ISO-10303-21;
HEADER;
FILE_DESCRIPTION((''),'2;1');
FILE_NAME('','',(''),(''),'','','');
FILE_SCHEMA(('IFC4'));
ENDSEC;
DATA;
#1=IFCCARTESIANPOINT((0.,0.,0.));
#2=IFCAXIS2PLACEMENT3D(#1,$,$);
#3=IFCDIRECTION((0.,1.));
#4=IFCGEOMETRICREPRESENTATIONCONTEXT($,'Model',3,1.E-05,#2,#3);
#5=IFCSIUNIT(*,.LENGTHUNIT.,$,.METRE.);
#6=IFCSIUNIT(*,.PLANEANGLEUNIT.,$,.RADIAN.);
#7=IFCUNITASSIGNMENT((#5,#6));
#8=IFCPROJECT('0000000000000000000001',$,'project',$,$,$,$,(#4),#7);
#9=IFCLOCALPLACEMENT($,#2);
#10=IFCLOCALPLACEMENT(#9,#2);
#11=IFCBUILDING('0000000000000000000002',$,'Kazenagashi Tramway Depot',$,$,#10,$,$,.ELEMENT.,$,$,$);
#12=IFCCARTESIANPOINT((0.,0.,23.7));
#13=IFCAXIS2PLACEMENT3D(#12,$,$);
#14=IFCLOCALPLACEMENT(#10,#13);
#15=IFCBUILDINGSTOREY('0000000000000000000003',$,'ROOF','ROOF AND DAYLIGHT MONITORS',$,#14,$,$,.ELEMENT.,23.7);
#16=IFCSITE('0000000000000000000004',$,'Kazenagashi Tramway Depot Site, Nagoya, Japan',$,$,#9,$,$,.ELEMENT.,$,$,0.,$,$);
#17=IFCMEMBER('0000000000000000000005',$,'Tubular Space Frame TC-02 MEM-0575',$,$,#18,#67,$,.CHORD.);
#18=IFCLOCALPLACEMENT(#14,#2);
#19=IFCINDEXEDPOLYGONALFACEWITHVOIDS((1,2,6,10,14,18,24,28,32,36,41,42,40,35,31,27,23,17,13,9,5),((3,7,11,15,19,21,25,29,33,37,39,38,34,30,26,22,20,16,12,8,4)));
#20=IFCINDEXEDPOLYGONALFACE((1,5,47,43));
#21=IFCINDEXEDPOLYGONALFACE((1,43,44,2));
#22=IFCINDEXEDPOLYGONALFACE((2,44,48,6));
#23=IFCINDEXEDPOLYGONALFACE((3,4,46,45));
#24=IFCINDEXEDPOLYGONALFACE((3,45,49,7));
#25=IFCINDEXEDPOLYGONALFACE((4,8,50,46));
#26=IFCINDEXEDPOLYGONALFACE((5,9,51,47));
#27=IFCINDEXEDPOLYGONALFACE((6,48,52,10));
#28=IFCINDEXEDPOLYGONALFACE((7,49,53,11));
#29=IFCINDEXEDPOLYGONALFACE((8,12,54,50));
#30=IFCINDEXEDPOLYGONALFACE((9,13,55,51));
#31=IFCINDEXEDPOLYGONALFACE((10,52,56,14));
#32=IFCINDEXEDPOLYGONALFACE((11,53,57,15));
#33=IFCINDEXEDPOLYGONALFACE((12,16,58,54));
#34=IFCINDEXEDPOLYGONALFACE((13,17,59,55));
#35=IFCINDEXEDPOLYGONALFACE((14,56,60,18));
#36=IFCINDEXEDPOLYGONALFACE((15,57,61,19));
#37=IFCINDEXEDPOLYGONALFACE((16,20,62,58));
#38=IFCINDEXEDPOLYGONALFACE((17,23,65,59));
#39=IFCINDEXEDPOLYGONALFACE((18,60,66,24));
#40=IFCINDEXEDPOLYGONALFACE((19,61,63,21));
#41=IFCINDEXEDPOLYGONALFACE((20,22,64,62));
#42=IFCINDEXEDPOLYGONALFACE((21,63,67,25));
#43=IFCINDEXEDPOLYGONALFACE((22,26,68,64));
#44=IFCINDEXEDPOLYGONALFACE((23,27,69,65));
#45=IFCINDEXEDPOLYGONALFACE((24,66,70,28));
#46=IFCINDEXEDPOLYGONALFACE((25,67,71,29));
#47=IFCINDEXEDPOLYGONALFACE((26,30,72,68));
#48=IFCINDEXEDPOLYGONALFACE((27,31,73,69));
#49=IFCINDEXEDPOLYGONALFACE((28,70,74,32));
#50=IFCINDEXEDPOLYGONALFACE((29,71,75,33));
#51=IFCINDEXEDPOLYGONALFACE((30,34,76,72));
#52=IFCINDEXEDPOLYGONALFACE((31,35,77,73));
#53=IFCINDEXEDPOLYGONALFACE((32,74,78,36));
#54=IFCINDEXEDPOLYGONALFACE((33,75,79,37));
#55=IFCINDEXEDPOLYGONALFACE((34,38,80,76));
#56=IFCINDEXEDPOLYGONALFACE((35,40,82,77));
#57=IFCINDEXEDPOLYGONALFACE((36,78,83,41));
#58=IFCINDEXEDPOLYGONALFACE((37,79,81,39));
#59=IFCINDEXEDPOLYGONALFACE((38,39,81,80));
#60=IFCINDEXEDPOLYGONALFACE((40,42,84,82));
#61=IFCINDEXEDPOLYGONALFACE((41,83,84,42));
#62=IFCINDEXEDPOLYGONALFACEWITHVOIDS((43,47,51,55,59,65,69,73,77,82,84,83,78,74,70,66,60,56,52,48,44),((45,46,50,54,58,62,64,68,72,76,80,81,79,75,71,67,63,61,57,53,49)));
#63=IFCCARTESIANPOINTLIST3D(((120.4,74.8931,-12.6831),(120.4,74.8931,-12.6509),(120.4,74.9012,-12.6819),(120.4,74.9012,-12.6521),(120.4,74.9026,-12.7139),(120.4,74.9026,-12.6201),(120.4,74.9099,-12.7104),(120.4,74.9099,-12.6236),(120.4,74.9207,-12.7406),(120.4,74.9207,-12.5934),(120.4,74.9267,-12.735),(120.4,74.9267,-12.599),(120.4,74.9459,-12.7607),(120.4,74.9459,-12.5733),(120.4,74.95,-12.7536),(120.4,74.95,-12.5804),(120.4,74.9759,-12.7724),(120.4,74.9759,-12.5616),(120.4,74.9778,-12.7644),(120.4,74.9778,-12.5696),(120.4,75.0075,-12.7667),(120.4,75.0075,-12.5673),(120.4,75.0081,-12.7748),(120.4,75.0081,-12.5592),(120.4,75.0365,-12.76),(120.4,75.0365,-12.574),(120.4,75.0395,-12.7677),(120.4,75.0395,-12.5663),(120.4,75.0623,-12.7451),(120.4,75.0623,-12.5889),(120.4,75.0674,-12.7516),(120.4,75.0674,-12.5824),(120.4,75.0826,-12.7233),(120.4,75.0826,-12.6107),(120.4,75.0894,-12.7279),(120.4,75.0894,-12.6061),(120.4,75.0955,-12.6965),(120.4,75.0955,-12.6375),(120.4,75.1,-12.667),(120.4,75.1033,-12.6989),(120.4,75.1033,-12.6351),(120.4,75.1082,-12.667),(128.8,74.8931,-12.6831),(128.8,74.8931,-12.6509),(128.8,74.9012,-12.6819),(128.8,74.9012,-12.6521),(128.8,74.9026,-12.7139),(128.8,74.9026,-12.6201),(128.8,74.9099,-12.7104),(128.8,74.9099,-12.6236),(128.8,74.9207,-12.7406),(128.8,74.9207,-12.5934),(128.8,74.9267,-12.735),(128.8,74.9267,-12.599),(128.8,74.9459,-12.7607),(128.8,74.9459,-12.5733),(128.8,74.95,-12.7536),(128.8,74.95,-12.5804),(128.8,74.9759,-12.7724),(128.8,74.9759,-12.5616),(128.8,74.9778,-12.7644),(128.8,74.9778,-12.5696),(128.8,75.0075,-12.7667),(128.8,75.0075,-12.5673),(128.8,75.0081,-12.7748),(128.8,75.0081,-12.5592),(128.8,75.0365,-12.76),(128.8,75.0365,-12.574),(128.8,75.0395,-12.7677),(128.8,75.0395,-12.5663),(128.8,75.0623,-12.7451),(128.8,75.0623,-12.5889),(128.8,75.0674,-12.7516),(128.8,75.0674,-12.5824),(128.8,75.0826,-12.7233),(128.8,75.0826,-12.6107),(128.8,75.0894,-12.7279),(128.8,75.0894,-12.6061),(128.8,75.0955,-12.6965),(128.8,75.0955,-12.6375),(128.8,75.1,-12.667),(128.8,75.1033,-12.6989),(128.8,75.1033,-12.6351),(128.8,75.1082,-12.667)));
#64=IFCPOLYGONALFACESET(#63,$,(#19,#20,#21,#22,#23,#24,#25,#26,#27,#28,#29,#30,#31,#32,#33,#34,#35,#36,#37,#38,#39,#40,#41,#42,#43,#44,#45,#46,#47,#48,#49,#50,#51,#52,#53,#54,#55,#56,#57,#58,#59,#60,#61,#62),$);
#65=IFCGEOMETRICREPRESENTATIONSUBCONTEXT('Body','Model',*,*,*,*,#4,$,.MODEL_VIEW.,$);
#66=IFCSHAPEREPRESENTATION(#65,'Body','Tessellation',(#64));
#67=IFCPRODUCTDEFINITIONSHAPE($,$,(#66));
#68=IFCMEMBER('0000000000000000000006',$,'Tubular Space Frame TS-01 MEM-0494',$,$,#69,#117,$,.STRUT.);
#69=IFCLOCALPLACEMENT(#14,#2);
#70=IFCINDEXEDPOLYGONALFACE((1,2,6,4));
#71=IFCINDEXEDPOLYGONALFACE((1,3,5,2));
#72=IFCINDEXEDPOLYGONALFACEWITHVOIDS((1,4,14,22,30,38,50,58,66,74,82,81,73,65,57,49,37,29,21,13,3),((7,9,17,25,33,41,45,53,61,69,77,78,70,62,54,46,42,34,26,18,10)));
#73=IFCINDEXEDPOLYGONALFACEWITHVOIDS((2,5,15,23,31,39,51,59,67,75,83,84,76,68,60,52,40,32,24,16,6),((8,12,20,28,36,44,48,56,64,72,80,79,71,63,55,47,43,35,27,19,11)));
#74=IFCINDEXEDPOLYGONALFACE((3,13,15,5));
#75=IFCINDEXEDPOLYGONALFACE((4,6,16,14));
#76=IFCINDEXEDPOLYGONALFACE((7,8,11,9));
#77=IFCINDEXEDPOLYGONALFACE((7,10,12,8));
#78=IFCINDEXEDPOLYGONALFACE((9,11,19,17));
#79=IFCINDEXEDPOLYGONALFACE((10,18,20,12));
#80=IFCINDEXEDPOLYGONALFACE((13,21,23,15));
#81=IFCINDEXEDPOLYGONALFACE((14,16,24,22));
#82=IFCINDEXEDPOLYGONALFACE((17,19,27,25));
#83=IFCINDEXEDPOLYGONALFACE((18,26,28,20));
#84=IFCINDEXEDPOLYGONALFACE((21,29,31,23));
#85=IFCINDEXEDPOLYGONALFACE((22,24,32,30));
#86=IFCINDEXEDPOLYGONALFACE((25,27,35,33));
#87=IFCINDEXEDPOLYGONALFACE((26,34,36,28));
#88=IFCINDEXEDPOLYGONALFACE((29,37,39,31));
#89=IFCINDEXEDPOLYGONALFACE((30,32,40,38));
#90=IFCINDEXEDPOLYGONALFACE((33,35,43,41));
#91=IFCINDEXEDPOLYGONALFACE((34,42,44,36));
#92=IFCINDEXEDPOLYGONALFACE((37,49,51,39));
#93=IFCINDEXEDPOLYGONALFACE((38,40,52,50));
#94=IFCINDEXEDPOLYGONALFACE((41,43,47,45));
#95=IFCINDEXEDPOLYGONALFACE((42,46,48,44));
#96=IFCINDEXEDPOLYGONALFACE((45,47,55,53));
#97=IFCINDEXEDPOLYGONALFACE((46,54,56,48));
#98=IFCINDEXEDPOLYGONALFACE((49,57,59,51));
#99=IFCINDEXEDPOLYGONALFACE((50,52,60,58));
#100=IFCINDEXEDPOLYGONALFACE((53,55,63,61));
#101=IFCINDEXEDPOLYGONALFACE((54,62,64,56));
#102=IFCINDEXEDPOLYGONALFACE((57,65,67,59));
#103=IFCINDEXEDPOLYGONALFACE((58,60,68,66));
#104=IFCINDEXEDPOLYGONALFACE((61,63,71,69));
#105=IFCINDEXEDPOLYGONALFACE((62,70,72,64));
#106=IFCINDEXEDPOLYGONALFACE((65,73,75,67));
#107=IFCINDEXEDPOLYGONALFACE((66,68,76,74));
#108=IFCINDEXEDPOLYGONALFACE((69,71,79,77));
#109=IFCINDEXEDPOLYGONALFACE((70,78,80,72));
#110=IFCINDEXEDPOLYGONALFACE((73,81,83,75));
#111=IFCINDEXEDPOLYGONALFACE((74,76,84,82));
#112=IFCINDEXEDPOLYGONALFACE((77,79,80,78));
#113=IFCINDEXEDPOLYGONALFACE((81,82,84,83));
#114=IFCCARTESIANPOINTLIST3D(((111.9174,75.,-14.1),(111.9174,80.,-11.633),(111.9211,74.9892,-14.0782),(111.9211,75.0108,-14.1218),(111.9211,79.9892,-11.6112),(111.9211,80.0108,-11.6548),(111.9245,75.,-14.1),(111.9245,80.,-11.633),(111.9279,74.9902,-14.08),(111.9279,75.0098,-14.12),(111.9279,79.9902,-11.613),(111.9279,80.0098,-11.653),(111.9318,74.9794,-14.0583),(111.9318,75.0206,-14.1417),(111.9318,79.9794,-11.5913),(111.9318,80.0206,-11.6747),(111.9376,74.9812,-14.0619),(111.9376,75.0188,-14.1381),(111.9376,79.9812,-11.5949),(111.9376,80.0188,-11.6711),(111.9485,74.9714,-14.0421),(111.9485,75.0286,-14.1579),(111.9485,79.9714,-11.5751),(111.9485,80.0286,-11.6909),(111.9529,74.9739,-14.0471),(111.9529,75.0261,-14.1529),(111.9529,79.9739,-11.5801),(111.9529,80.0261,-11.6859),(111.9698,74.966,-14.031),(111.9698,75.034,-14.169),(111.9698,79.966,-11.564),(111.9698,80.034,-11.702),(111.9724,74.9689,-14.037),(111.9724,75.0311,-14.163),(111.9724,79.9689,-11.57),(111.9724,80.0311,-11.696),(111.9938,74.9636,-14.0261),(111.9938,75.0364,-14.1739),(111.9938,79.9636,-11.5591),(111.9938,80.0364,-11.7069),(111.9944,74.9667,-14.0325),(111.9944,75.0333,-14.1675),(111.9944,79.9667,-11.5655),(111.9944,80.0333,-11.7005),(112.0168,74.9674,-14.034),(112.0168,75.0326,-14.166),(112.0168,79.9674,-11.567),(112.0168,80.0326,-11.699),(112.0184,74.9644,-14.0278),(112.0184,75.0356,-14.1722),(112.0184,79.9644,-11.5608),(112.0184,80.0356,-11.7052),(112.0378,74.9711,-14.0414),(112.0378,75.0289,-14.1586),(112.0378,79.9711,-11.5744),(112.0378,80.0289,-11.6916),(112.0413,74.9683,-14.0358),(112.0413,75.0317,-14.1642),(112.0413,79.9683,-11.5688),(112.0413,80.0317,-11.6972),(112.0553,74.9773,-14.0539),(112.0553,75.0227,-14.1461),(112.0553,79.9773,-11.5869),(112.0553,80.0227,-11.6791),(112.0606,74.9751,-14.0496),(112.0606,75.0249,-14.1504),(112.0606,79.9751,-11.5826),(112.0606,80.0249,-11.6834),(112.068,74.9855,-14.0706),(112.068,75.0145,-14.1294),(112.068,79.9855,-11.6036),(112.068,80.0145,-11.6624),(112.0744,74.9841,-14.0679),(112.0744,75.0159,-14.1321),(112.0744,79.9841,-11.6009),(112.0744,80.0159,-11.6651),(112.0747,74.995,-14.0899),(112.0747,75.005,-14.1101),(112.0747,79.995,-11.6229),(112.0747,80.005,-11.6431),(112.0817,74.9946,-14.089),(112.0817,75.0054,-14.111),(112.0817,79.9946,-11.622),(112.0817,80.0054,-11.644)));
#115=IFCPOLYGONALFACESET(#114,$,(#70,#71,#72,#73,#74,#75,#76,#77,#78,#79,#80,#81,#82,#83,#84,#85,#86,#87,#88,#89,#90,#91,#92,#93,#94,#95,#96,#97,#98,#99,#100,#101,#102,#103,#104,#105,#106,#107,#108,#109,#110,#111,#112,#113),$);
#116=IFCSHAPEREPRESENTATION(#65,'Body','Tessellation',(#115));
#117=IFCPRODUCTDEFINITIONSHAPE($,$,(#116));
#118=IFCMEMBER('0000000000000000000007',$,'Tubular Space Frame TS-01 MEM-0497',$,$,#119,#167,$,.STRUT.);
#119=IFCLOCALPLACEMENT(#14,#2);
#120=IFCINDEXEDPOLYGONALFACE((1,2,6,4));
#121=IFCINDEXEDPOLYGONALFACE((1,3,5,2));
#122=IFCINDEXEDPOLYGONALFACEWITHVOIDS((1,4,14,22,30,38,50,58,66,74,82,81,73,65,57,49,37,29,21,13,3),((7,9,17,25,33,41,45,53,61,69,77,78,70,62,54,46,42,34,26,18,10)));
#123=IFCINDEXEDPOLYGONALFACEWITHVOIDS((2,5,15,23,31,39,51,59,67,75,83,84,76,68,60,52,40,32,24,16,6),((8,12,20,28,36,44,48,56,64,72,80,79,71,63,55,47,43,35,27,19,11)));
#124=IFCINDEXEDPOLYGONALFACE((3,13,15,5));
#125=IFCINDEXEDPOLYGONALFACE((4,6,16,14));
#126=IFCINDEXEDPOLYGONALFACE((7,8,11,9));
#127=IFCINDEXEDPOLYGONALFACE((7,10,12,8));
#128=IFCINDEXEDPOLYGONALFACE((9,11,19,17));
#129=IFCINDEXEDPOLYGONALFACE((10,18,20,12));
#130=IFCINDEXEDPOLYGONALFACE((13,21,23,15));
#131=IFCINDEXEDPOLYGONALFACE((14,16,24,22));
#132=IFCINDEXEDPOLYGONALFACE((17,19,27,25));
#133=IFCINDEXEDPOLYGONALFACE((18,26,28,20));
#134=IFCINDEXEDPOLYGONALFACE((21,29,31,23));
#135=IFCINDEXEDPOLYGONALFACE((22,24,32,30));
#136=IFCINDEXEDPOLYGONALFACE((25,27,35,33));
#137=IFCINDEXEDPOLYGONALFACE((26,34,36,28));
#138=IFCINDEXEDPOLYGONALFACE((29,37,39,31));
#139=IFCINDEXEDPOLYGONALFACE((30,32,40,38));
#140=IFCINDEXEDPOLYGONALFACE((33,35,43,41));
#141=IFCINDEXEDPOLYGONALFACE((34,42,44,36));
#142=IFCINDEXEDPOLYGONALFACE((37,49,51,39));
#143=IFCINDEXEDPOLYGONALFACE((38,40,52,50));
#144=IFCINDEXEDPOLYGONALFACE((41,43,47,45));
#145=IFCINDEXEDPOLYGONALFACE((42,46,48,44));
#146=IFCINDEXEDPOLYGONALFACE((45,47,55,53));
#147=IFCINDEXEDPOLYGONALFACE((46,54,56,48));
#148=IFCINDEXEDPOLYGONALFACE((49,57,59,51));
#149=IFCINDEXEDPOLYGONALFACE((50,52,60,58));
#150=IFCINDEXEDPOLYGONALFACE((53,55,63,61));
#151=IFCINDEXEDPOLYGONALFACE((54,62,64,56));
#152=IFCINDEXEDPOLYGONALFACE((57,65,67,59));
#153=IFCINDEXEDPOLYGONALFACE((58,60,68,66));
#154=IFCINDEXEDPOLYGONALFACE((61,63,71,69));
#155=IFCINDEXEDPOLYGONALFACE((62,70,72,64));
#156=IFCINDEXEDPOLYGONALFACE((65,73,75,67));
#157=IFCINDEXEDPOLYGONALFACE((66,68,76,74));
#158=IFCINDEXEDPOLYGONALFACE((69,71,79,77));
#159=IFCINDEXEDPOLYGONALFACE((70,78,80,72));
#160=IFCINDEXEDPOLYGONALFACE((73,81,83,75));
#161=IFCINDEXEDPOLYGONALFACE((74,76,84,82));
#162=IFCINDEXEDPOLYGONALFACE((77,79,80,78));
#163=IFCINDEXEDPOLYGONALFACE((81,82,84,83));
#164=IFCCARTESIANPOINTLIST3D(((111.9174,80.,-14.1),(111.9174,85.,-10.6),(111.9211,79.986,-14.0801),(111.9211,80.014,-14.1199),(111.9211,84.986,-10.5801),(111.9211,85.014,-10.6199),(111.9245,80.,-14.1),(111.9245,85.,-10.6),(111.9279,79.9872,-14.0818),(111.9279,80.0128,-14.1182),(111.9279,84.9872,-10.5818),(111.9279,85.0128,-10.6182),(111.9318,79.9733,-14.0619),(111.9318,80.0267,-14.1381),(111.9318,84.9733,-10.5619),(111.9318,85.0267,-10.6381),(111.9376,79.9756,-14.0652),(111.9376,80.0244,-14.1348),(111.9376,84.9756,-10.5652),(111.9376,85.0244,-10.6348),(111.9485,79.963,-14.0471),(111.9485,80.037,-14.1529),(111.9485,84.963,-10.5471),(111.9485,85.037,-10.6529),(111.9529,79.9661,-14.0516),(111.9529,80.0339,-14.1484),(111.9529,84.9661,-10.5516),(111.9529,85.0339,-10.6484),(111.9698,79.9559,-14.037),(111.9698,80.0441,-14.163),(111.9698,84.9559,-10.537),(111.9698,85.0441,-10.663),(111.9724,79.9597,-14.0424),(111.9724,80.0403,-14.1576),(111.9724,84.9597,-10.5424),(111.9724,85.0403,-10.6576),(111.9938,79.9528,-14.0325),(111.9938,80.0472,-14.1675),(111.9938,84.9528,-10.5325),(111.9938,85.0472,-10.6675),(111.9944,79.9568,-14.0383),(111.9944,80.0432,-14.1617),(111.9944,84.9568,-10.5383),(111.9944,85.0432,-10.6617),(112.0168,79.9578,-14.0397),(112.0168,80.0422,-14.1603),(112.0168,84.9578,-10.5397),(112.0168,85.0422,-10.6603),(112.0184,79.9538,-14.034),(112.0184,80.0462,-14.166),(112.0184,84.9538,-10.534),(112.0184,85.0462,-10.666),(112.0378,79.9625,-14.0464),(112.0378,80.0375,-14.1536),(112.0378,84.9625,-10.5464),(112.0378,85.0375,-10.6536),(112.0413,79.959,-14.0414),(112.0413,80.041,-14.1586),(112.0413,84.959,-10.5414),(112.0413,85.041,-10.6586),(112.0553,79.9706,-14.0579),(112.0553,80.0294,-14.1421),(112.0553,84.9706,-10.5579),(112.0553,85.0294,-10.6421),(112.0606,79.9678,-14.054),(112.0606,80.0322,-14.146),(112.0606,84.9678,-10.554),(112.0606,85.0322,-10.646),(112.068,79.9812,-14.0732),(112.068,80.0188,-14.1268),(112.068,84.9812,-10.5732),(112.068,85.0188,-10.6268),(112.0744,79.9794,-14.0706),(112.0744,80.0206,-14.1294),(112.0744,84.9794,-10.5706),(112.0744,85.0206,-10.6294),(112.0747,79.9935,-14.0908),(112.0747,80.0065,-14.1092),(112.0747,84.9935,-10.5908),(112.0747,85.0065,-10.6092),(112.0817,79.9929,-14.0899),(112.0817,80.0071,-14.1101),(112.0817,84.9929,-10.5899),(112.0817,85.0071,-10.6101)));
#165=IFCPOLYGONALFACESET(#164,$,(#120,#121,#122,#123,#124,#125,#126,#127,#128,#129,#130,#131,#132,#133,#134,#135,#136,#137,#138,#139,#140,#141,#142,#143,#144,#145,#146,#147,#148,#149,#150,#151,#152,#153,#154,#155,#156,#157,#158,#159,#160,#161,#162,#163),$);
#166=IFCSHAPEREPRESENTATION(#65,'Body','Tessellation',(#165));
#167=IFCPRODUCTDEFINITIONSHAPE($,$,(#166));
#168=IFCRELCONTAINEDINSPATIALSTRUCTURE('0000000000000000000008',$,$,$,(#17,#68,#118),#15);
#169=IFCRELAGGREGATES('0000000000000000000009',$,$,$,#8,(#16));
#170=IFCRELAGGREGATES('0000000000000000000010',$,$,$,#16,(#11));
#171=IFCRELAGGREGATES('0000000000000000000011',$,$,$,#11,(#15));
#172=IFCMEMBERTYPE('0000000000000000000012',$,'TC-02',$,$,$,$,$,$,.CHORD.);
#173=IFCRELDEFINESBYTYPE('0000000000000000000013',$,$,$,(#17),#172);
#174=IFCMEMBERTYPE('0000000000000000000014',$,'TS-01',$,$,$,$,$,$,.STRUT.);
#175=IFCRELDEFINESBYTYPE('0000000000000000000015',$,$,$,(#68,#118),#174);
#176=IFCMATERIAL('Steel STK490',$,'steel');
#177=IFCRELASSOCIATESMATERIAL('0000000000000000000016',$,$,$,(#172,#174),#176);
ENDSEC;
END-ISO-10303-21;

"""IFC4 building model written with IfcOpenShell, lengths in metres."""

from ifc_helpers import new_model, si_unit, direction, frame, origin, origin_2d, place, context, subcontext, project, spatial, hollow_circle, extrude, material, material_profile, profile_set, type_object, element, save


model = new_model("IFC4")

# Units and contexts
model_context = context("Model", 3, precision=1e-05, world=origin(), true_north=direction((0.0, 1.0)))
body_context = subcontext(model_context, "Body", "Model", "MODEL_VIEW")
ifc_project = project(units=[si_unit("LENGTHUNIT", "METRE"), si_unit("PLANEANGLEUNIT", "RADIAN")], contexts=[model_context])

# Site, building, storey
site_placement = place(None, origin())
site = spatial("IfcSite", under=ifc_project, at=site_placement, Name="Kazenagashi Tramway Depot Site, Nagoya, Japan", CompositionType="ELEMENT", RefElevation=0.0)
building_placement = place(site_placement, origin())
building = spatial("IfcBuilding", under=site, at=building_placement, Name="Kazenagashi Tramway Depot", CompositionType="ELEMENT")
storey_placement = place(building_placement, frame((0.0, 0.0, 23.7)))
storey = spatial("IfcBuildingStorey", under=building, at=storey_placement, Name="ROOF", Description="ROOF AND DAYLIGHT MONITORS", CompositionType="ELEMENT", Elevation=23.7)

# Members
ifc_material_1 = material(Name="Steel STK490", Category="steel")
ifc_material_profile_1 = material_profile(ifc_material_1, hollow_circle(Radius=0.1081, WallThickness=0.0082, at=origin_2d()), Name="CHS-216.3x8.2")
ifc_profile_set_1 = profile_set([ifc_material_profile_1], Name="Steel STK490")
member_type_1 = type_object("IfcMemberType", Name="TC-02", PredefinedType="CHORD", material=ifc_profile_set_1)
member_1_placement = place(storey_placement, frame((120.4, 75.0, -12.667), z_axis=(1.0, 0.0, 0.0), x_axis=(0.0, 1.0, 0.0)))
element("IfcMember", 1, at=member_1_placement, inside=storey, type_object=member_type_1, Name="Tubular Space Frame TC-02 MEM-0575", PredefinedType="CHORD", context=body_context, shape_type="SweptSolid", body=[
    extrude(hollow_circle(Radius=0.1081, WallThickness=0.0082, at=origin_2d()), origin(), (0.0, 0.0, 1.0), 8.4),
])
ifc_material_profile_2 = material_profile(ifc_material_1, hollow_circle(Radius=0.0826, WallThickness=0.0071, at=origin_2d()), Name="CHS-165.2x7.1")
ifc_profile_set_2 = profile_set([ifc_material_profile_2], Name="Steel STK490")
member_type_2 = type_object("IfcMemberType", Name="TS-01", PredefinedType="STRUT", material=ifc_profile_set_2)
member_2_placement = place(storey_placement, frame((112.0, 75.0, -14.1), z_axis=(0.0, 0.896782, 0.442472), x_axis=(-1.0, 0.0, 0.0)))
element("IfcMember", 2, at=member_2_placement, inside=storey, type_object=member_type_2, Name="Tubular Space Frame TS-01 MEM-0494", PredefinedType="STRUT", context=body_context, shape_type="SweptSolid", body=[
    extrude(hollow_circle(Radius=0.0826, WallThickness=0.0071, at=origin_2d()), origin(), (0.0, 0.0, 1.0), 5.5755),
])
for number, where, z_axis, x_axis, name in (
    (3, (112.0, 80.0, -14.1), (0.0, 0.819232, 0.573462), (-1.0, 0.0, 0.0), "Tubular Space Frame TS-01 MEM-0497"),
):
    element("IfcMember", number, at=place(storey_placement, frame(where, z_axis=z_axis, x_axis=x_axis)), inside=storey, type_object=member_type_2, Name=name, PredefinedType="STRUT", context=body_context, shape_type="SweptSolid", body=[
        extrude(hollow_circle(Radius=0.0826, WallThickness=0.0071, at=origin_2d()), origin(), (0.0, 0.0, 1.0), 6.1033),
    ])

save(model, "model.ifc")
